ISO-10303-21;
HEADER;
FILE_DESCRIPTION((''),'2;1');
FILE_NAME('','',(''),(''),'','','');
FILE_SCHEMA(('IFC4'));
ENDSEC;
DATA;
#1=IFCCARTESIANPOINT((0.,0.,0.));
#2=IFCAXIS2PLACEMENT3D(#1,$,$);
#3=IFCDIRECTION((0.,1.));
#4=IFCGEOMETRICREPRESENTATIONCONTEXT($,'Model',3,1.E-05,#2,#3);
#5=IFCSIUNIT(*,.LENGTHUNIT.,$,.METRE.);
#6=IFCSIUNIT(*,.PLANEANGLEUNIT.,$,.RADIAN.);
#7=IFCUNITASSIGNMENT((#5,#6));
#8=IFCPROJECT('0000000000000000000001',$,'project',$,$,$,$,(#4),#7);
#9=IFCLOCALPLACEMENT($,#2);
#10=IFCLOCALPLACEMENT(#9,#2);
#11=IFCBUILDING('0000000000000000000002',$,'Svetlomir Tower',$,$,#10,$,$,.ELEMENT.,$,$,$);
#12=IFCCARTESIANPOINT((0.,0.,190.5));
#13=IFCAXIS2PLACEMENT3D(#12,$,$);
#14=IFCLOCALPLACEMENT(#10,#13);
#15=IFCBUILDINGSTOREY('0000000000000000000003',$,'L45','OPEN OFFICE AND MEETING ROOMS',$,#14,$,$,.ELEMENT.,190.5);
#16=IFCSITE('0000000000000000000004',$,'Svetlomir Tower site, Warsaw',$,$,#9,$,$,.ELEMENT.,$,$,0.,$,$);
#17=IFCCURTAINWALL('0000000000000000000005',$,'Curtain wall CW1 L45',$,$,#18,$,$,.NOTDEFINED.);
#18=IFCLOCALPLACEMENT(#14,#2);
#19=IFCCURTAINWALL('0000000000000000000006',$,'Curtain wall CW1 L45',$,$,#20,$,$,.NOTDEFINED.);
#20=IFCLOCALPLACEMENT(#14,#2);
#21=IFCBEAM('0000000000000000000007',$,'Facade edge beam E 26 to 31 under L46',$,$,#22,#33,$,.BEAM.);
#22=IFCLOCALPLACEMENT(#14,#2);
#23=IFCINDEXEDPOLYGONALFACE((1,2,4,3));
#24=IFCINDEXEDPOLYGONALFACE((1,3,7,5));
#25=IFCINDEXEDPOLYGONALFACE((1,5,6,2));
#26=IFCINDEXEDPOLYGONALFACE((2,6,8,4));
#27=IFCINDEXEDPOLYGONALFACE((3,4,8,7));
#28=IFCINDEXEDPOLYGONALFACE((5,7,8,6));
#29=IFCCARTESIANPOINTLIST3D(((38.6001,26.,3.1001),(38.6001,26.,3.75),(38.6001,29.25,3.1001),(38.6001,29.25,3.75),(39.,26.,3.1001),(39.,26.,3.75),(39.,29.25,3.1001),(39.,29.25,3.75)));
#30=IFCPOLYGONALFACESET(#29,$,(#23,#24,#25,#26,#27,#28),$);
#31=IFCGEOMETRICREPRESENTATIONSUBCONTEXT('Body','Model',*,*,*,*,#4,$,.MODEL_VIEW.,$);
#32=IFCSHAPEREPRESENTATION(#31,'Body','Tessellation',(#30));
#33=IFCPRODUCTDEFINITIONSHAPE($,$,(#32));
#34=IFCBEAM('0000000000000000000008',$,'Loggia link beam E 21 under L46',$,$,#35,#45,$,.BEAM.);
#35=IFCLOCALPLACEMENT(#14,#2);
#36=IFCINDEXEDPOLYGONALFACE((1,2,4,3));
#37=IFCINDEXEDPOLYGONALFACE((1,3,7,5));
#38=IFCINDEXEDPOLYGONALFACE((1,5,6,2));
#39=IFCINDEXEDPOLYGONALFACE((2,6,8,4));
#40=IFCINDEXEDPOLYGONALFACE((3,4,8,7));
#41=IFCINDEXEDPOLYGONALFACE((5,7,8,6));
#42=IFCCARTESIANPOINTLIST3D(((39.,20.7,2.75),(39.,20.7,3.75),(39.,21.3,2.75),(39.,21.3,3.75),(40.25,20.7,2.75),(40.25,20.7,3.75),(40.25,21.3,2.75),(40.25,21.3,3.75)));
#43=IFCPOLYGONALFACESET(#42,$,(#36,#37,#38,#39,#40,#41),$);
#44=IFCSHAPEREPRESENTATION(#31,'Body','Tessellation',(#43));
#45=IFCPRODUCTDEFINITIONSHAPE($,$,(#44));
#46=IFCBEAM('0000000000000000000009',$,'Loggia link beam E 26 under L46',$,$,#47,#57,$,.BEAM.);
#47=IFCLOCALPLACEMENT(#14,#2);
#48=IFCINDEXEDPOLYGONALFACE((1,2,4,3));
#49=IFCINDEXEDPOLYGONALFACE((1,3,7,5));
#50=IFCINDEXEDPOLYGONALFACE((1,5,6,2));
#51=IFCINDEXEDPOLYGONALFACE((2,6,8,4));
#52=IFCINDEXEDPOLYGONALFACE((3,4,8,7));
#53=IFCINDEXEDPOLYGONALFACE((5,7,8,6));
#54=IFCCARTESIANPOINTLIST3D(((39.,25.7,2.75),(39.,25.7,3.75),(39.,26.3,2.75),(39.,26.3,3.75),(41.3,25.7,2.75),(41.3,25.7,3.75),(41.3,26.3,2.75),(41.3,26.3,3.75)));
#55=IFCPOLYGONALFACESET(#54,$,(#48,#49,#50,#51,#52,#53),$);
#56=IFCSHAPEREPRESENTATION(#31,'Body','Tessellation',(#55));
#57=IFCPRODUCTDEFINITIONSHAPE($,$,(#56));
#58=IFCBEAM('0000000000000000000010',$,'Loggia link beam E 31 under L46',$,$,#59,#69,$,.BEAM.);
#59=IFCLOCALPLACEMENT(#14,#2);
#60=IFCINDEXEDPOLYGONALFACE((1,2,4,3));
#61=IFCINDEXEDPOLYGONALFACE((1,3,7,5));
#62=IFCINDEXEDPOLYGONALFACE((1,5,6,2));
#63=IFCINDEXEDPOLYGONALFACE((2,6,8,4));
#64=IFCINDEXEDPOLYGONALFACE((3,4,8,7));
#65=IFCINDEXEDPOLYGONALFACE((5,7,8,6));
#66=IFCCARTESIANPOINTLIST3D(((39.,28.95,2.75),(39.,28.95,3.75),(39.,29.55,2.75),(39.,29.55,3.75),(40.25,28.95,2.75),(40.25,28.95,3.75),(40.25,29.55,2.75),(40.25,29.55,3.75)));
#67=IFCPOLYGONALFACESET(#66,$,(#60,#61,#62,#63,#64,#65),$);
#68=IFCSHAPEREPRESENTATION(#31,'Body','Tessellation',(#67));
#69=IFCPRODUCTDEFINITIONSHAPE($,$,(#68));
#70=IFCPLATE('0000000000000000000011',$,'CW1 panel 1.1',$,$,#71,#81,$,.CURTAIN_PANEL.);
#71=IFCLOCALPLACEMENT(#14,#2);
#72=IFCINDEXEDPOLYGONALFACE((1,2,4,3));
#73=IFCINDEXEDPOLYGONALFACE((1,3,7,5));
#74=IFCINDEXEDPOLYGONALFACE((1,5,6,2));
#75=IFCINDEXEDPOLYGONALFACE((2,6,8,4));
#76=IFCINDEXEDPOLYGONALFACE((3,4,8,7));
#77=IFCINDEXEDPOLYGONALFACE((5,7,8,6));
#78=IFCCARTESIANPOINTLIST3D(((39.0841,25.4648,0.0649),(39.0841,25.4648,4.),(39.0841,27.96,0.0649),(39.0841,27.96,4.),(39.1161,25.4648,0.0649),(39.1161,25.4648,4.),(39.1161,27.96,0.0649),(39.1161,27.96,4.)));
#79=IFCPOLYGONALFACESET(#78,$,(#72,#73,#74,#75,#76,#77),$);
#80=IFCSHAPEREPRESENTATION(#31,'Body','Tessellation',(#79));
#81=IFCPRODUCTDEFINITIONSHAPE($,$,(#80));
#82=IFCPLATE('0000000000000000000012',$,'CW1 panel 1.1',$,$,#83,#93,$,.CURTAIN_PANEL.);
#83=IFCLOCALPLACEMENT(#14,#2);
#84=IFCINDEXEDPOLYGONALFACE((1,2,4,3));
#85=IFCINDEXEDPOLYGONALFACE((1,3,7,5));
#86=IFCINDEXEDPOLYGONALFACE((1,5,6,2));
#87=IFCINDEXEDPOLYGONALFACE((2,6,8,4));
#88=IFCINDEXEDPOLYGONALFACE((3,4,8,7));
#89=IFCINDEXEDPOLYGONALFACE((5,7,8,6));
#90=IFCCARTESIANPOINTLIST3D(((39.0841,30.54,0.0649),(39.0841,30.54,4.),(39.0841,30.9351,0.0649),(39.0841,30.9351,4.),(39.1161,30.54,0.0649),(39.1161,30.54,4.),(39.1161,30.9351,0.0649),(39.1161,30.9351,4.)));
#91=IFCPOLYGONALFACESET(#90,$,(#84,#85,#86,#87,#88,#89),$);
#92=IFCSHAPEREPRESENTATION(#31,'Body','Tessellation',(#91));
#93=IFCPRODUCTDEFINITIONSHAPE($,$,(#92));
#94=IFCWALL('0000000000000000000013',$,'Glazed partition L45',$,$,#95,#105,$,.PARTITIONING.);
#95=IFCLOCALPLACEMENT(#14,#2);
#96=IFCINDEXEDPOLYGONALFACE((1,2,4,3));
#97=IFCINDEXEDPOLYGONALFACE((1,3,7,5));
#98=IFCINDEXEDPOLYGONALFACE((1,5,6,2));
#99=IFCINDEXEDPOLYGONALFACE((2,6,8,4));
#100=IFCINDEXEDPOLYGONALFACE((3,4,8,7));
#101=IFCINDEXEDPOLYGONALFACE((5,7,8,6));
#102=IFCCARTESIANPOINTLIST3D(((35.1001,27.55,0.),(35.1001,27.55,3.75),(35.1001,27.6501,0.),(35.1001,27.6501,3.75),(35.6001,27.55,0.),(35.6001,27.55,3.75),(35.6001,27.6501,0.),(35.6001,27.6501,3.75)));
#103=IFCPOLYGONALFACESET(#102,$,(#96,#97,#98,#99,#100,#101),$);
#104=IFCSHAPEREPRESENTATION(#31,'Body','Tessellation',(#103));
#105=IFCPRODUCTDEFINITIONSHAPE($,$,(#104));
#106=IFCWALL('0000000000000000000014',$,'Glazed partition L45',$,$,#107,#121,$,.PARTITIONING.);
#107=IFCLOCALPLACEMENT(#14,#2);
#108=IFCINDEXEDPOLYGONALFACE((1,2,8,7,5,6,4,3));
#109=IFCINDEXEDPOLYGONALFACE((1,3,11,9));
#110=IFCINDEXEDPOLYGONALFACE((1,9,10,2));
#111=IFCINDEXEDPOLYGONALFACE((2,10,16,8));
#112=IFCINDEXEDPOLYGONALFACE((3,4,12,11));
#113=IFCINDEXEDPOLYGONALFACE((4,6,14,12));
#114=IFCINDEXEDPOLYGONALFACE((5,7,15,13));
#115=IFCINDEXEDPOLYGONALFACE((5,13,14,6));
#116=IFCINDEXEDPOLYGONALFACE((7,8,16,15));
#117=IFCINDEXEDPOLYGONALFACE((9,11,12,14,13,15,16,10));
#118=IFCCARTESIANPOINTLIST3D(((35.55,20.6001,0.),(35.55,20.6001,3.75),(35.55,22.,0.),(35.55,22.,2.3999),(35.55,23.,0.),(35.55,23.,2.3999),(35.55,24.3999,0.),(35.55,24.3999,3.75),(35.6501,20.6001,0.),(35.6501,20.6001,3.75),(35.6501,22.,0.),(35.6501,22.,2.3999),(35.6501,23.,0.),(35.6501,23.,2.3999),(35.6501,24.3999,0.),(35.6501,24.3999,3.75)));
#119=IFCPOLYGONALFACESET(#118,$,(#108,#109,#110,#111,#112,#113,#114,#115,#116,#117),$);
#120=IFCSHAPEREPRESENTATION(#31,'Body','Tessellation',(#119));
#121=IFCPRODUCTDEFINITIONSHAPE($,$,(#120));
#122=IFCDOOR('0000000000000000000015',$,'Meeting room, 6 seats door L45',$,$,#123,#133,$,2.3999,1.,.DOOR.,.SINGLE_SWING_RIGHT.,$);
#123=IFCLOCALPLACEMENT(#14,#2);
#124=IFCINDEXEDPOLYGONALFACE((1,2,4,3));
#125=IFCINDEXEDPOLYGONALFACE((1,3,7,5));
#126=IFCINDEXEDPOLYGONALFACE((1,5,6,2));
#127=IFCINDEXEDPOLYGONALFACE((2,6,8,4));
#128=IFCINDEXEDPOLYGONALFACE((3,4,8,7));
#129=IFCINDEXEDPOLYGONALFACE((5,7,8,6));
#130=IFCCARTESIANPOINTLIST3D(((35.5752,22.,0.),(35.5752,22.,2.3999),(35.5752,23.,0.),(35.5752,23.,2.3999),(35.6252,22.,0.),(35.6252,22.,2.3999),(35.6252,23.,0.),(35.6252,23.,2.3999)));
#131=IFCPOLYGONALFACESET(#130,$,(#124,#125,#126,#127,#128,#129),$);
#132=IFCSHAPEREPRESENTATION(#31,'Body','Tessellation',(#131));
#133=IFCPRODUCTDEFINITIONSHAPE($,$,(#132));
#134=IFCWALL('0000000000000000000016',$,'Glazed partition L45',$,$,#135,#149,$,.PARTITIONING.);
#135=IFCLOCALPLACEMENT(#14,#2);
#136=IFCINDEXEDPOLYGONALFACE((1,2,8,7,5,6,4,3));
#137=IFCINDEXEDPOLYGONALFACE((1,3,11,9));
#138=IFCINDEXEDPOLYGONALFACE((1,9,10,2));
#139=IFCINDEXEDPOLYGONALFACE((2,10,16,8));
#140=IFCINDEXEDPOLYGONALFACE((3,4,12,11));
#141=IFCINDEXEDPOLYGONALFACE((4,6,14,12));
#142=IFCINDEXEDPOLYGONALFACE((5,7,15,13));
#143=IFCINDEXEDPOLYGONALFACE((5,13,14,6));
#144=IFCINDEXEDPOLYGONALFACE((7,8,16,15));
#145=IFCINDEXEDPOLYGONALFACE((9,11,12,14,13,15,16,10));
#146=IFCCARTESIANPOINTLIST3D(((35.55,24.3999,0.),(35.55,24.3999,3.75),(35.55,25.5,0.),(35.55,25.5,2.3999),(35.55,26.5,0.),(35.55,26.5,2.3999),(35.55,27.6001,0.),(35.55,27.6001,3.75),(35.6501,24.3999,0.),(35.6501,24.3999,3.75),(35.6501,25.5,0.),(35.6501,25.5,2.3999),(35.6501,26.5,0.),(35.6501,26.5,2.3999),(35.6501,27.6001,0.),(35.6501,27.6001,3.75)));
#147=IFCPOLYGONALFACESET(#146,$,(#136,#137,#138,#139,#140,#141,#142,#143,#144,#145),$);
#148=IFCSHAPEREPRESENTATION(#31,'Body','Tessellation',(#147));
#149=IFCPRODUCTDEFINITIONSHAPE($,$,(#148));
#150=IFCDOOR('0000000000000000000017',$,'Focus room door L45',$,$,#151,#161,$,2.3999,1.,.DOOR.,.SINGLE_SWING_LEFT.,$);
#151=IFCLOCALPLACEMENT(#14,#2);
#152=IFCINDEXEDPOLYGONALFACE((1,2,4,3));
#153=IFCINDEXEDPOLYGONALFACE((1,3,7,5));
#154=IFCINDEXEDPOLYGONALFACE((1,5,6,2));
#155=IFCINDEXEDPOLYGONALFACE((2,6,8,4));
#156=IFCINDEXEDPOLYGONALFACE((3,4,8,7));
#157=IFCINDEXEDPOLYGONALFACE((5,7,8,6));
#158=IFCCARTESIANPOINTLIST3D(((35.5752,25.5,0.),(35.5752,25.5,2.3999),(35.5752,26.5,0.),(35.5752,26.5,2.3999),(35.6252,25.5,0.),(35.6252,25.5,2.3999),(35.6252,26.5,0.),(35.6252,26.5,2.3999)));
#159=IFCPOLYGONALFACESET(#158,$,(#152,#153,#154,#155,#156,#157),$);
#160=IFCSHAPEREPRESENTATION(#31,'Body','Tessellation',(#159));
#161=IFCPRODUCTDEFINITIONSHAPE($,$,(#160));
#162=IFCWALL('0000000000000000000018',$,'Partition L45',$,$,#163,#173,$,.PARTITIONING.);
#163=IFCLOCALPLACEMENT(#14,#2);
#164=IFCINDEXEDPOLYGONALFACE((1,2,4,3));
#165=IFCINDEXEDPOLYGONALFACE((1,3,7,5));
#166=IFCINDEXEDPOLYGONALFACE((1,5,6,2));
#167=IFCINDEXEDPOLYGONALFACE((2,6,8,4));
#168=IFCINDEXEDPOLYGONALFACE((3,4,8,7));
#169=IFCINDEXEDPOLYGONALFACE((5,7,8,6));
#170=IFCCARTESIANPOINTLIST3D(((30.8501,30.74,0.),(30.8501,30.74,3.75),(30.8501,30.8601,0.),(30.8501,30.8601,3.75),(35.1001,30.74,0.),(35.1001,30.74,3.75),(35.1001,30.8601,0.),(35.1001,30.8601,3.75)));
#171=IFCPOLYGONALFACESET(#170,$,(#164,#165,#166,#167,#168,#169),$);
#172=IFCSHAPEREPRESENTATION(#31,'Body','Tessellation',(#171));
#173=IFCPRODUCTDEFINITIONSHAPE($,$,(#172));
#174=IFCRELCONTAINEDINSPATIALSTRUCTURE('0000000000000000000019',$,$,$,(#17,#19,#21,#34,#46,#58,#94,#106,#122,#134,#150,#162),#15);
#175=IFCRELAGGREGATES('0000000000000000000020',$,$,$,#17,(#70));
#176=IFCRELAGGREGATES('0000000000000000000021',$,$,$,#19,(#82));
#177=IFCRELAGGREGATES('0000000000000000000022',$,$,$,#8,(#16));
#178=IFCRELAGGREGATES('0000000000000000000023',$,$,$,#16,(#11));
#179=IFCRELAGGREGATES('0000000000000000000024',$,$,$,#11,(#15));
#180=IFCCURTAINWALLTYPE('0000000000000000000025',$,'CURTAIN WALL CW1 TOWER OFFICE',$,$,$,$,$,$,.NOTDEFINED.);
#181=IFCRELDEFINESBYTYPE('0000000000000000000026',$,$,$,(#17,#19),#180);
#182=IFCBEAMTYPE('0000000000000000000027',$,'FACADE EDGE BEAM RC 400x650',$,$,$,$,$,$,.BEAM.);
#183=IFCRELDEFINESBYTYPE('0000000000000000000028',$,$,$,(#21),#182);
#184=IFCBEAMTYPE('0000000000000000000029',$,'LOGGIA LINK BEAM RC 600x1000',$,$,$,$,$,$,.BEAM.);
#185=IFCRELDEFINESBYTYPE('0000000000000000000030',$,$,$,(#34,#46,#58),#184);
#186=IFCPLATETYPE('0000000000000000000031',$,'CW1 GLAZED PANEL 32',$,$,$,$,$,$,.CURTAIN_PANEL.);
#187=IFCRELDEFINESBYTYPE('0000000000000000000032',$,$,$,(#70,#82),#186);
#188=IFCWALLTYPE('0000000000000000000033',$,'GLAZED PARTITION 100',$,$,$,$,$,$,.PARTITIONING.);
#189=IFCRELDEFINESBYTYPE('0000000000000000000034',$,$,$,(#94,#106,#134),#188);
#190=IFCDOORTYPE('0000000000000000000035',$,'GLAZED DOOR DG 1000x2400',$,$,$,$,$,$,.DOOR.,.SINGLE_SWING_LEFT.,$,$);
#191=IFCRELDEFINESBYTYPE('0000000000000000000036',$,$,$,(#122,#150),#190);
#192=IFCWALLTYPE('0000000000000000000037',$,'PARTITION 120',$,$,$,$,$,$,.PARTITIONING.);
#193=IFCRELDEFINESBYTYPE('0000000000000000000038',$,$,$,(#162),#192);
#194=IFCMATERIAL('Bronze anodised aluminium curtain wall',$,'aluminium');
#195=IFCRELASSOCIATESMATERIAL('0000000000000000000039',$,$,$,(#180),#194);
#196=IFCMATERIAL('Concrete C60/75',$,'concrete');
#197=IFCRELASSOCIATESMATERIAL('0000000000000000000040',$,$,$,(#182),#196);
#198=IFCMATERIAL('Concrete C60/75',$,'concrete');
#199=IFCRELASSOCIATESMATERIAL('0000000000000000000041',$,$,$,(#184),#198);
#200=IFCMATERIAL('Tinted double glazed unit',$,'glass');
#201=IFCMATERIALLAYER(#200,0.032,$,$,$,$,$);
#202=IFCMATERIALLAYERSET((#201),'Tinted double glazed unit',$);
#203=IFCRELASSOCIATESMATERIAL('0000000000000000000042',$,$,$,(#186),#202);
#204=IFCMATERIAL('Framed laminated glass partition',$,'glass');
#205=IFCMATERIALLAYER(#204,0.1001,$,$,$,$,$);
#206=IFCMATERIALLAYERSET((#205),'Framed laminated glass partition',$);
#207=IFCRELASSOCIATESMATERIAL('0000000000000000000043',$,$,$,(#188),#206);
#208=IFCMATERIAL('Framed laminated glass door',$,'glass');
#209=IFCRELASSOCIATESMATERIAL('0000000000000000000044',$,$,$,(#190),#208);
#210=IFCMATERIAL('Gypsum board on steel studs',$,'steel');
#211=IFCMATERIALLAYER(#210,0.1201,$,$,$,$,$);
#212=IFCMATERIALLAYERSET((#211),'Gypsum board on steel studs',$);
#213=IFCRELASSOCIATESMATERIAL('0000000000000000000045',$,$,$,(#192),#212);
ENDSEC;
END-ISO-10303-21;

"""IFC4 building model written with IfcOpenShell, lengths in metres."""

from ifc_helpers import new_model, si_unit, direction, frame, frame_2d, origin, origin_2d, place, context, subcontext, project, spatial, rectangle, extrude, material, layer, layer_set, material_profile, profile_set, type_object, element, fill, aggregate, save


model = new_model("IFC4")

# Units and contexts
model_context = context("Model", 3, precision=1e-05, world=origin(), true_north=direction((0.0, 1.0)))
body_context = subcontext(model_context, "Body", "Model", "MODEL_VIEW")
ifc_project = project(units=[si_unit("LENGTHUNIT", "METRE"), si_unit("PLANEANGLEUNIT", "RADIAN")], contexts=[model_context])

# Site, building, storey
site_placement = place(None, origin())
site = spatial("IfcSite", under=ifc_project, at=site_placement, Name="Svetlomir Tower site, Warsaw", CompositionType="ELEMENT", RefElevation=0.0)
building_placement = place(site_placement, origin())
building = spatial("IfcBuilding", under=site, at=building_placement, Name="Svetlomir Tower", CompositionType="ELEMENT")
storey_placement = place(building_placement, frame((0.0, 0.0, 190.5)))
storey = spatial("IfcBuildingStorey", under=building, at=storey_placement, Name="L45", Description="OPEN OFFICE AND MEETING ROOMS", CompositionType="ELEMENT", Elevation=190.5)

# Shared definitions
ifc_material_1 = material(Name="Bronze anodised aluminium curtain wall", Category="aluminium")
curtain_wall_type = type_object("IfcCurtainWallType", Name="CURTAIN WALL CW1 TOWER OFFICE", PredefinedType="NOTDEFINED", material=ifc_material_1)

# Curtain wall
curtain_wall_1_placement = place(storey_placement, origin())
curtain_wall_1 = element("IfcCurtainWall", 1, at=curtain_wall_1_placement, inside=storey, type_object=curtain_wall_type, Name="Curtain wall CW1 L45", PredefinedType="NOTDEFINED")

# Curtain wall
curtain_wall_2_placement = place(storey_placement, origin())
curtain_wall_2 = element("IfcCurtainWall", 2, at=curtain_wall_2_placement, inside=storey, type_object=curtain_wall_type, Name="Curtain wall CW1 L45", PredefinedType="NOTDEFINED")

# Beams
ifc_material_2 = material(Name="Concrete C60/75", Category="concrete")
ifc_material_profile_1 = material_profile(ifc_material_2, rectangle(XDim=0.3999, YDim=0.6499, at=origin_2d()), Name="RC 400x650")
ifc_profile_set_1 = profile_set([ifc_material_profile_1], Name="Concrete C60/75")
beam_type_1 = type_object("IfcBeamType", Name="FACADE EDGE BEAM RC 400x650", PredefinedType="BEAM", material=ifc_profile_set_1)
beam_1_placement = place(storey_placement, frame((38.8, 26.0, 3.425), z_axis=(0.0, 1.0, 0.0), x_axis=(-1.0, 0.0, 0.0)))
element("IfcBeam", 3, at=beam_1_placement, inside=storey, type_object=beam_type_1, Name="Facade edge beam E 26 to 31 under L46", PredefinedType="BEAM", context=body_context, shape_type="SweptSolid", body=[
    extrude(rectangle(XDim=0.3999, YDim=0.6499, at=origin_2d()), origin(), (0.0, 0.0, 1.0), 3.25),
])
ifc_material_3 = material(Name="Concrete C60/75", Category="concrete")
ifc_material_profile_2 = material_profile(ifc_material_3, rectangle(XDim=0.6001, YDim=1.0, at=origin_2d()), Name="RC 600x1000")
ifc_profile_set_2 = profile_set([ifc_material_profile_2], Name="Concrete C60/75")
beam_type_2 = type_object("IfcBeamType", Name="LOGGIA LINK BEAM RC 600x1000", PredefinedType="BEAM", material=ifc_profile_set_2)
beam_2_placement = place(storey_placement, frame((40.25, 21.0, 3.25), z_axis=(-1.0, 0.0, 0.0), x_axis=(0.0, -1.0, 0.0)))
element("IfcBeam", 4, at=beam_2_placement, inside=storey, type_object=beam_type_2, Name="Loggia link beam E 21 under L46", PredefinedType="BEAM", context=body_context, shape_type="SweptSolid", body=[
    extrude(rectangle(XDim=0.6001, YDim=1.0, at=origin_2d()), origin(), (0.0, 0.0, 1.0), 1.25),
])
beam_3_placement = place(storey_placement, frame((41.3, 26.0, 3.25), z_axis=(-1.0, 0.0, 0.0), x_axis=(0.0, -1.0, 0.0)))
element("IfcBeam", 5, at=beam_3_placement, inside=storey, type_object=beam_type_2, Name="Loggia link beam E 26 under L46", PredefinedType="BEAM", context=body_context, shape_type="SweptSolid", body=[
    extrude(rectangle(XDim=0.6001, YDim=1.0, at=origin_2d()), origin(), (0.0, 0.0, 1.0), 2.3),
])
beam_4_placement = place(storey_placement, frame((40.25, 29.25, 3.25), z_axis=(-1.0, 0.0, 0.0), x_axis=(0.0, -1.0, 0.0)))
element("IfcBeam", 6, at=beam_4_placement, inside=storey, type_object=beam_type_2, Name="Loggia link beam E 31 under L46", PredefinedType="BEAM", context=body_context, shape_type="SweptSolid", body=[
    extrude(rectangle(XDim=0.6001, YDim=1.0, at=origin_2d()), origin(), (0.0, 0.0, 1.0), 1.25),
])

# Plates
ifc_material_4 = material(Name="Tinted double glazed unit", Category="glass")
ifc_layer_1 = layer(ifc_material_4, 0.032)
ifc_layer_set_1 = layer_set([ifc_layer_1], Name="Tinted double glazed unit")
plate_type = type_object("IfcPlateType", Name="CW1 GLAZED PANEL 32", PredefinedType="CURTAIN_PANEL", material=ifc_layer_set_1)
plate_1_placement = place(storey_placement, frame((39.1001, 26.7124, 0.0649), z_axis=(0.0, 0.0, 1.0), x_axis=(0.0, 1.0, 0.0)))
plate_1 = element("IfcPlate", 7, at=plate_1_placement, type_object=plate_type, Name="CW1 panel 1.1", PredefinedType="CURTAIN_PANEL", context=body_context, shape_type="SweptSolid", body=[
    extrude(rectangle(XDim=2.4951, YDim=0.032, at=origin_2d()), origin(), (0.0, 0.0, 1.0), 3.9351),
])
aggregate(curtain_wall_1, [plate_1])
plate_2_placement = place(storey_placement, frame((39.1001, 30.7375, 0.0649), z_axis=(0.0, 0.0, 1.0), x_axis=(0.0, 1.0, 0.0)))
plate_2 = element("IfcPlate", 8, at=plate_2_placement, type_object=plate_type, Name="CW1 panel 1.1", PredefinedType="CURTAIN_PANEL", context=body_context, shape_type="SweptSolid", body=[
    extrude(rectangle(XDim=0.395, YDim=0.032, at=origin_2d()), origin(), (0.0, 0.0, 1.0), 3.9351),
])
aggregate(curtain_wall_2, [plate_2])

# Wall
ifc_material_5 = material(Name="Framed laminated glass partition", Category="glass")
ifc_layer_2 = layer(ifc_material_5, 0.1001)
ifc_layer_set_2 = layer_set([ifc_layer_2], Name="Framed laminated glass partition")
wall_type_1 = type_object("IfcWallType", Name="GLAZED PARTITION 100", PredefinedType="PARTITIONING", material=ifc_layer_set_2)
wall_1_placement = place(storey_placement, frame((35.1001, 27.6001, 0.0), z_axis=(0.0, 0.0, 1.0), x_axis=(1.0, 0.0, 0.0)))
element("IfcWall", 9, at=wall_1_placement, inside=storey, type_object=wall_type_1, Name="Glazed partition L45", PredefinedType="PARTITIONING", context=body_context, shape_type="SweptSolid", body=[
    extrude(rectangle(XDim=0.5, YDim=0.1001, at=frame_2d((0.25, 0.0))), origin(), (0.0, 0.0, 1.0), 3.75),
])

# Walls, openings, doors
wall_2_placement = place(storey_placement, frame((35.6001, 20.6001, 0.0), z_axis=(0.0, 0.0, 1.0), x_axis=(0.0, 1.0, 0.0)))
wall_2 = element("IfcWall", 10, at=wall_2_placement, inside=storey, type_object=wall_type_1, Name="Glazed partition L45", PredefinedType="PARTITIONING", context=body_context, shape_type="SweptSolid", body=[
    extrude(rectangle(XDim=3.7998, YDim=0.1001, at=frame_2d((1.8999, 0.0))), origin(), (0.0, 0.0, 1.0), 3.75),
])
opening_1_placement = place(wall_2_placement, frame((1.3999, 0.0, 0.0)))
opening_1 = element("IfcOpeningElement", 11, at=opening_1_placement, cuts=wall_2, PredefinedType="OPENING", context=body_context, shape_type="SweptSolid", body=[
    extrude(rectangle(XDim=1.0, YDim=2.3999, at=frame_2d((0.5, 1.2))), frame((0.0, 0.0601, 0.0), z_axis=(0.0, -1.0, 0.0), x_axis=(1.0, 0.0, 0.0)), (0.0, 0.0, 1.0), 0.1201),
])
ifc_material_6 = material(Name="Framed laminated glass door", Category="glass")
door_type_1 = type_object("IfcDoorType", Name="GLAZED DOOR DG 1000x2400", OperationType="SINGLE_SWING_LEFT", PredefinedType="DOOR", material=ifc_material_6)
door_1_placement = place(opening_1_placement, origin())
door_1 = element("IfcDoor", 12, at=door_1_placement, inside=storey, type_object=door_type_1, Name="Meeting room, 6 seats door L45", OperationType="SINGLE_SWING_RIGHT", OverallHeight=2.3999, OverallWidth=1.0, PredefinedType="DOOR", context=body_context, shape_type="SweptSolid", body=[
    extrude(rectangle(XDim=1.0, YDim=2.3999, at=frame_2d((0.5, 1.2))), frame((0.0, 0.0249, 0.0), z_axis=(0.0, -1.0, 0.0), x_axis=(1.0, 0.0, 0.0)), (0.0, 0.0, 1.0), 0.05),
])
fill(opening_1, door_1)
wall_3_placement = place(storey_placement, frame((35.6001, 24.3999, 0.0), z_axis=(0.0, 0.0, 1.0), x_axis=(0.0, 1.0, 0.0)))
wall_3 = element("IfcWall", 13, at=wall_3_placement, inside=storey, type_object=wall_type_1, Name="Glazed partition L45", PredefinedType="PARTITIONING", context=body_context, shape_type="SweptSolid", body=[
    extrude(rectangle(XDim=3.2002, YDim=0.1001, at=frame_2d((1.6001, 0.0))), origin(), (0.0, 0.0, 1.0), 3.75),
])
opening_2_placement = place(wall_3_placement, frame((1.1001, 0.0, 0.0)))
opening_2 = element("IfcOpeningElement", 14, at=opening_2_placement, cuts=wall_3, PredefinedType="OPENING", context=body_context, shape_type="SweptSolid", body=[
    extrude(rectangle(XDim=1.0, YDim=2.3999, at=frame_2d((0.5, 1.2))), frame((0.0, 0.0601, 0.0), z_axis=(0.0, -1.0, 0.0), x_axis=(1.0, 0.0, 0.0)), (0.0, 0.0, 1.0), 0.1201),
])
door_2_placement = place(opening_2_placement, origin())
door_2 = element("IfcDoor", 15, at=door_2_placement, inside=storey, type_object=door_type_1, Name="Focus room door L45", OperationType="SINGLE_SWING_LEFT", OverallHeight=2.3999, OverallWidth=1.0, PredefinedType="DOOR", context=body_context, shape_type="SweptSolid", body=[
    extrude(rectangle(XDim=1.0, YDim=2.3999, at=frame_2d((0.5, 1.2))), frame((0.0, 0.0249, 0.0), z_axis=(0.0, -1.0, 0.0), x_axis=(1.0, 0.0, 0.0)), (0.0, 0.0, 1.0), 0.05),
])
fill(opening_2, door_2)

# Wall
ifc_material_7 = material(Name="Gypsum board on steel studs", Category="steel")
ifc_layer_3 = layer(ifc_material_7, 0.1201)
ifc_layer_set_3 = layer_set([ifc_layer_3], Name="Gypsum board on steel studs")
wall_type_2 = type_object("IfcWallType", Name="PARTITION 120", PredefinedType="PARTITIONING", material=ifc_layer_set_3)
wall_4_placement = place(storey_placement, frame((30.8501, 30.8, 0.0), z_axis=(0.0, 0.0, 1.0), x_axis=(1.0, 0.0, 0.0)))
element("IfcWall", 16, at=wall_4_placement, inside=storey, type_object=wall_type_2, Name="Partition L45", PredefinedType="PARTITIONING", context=body_context, shape_type="SweptSolid", body=[
    extrude(rectangle(XDim=4.25, YDim=0.1201, at=frame_2d((2.125, 0.0))), origin(), (0.0, 0.0, 1.0), 3.75),
])

save(model, "model.ifc")
